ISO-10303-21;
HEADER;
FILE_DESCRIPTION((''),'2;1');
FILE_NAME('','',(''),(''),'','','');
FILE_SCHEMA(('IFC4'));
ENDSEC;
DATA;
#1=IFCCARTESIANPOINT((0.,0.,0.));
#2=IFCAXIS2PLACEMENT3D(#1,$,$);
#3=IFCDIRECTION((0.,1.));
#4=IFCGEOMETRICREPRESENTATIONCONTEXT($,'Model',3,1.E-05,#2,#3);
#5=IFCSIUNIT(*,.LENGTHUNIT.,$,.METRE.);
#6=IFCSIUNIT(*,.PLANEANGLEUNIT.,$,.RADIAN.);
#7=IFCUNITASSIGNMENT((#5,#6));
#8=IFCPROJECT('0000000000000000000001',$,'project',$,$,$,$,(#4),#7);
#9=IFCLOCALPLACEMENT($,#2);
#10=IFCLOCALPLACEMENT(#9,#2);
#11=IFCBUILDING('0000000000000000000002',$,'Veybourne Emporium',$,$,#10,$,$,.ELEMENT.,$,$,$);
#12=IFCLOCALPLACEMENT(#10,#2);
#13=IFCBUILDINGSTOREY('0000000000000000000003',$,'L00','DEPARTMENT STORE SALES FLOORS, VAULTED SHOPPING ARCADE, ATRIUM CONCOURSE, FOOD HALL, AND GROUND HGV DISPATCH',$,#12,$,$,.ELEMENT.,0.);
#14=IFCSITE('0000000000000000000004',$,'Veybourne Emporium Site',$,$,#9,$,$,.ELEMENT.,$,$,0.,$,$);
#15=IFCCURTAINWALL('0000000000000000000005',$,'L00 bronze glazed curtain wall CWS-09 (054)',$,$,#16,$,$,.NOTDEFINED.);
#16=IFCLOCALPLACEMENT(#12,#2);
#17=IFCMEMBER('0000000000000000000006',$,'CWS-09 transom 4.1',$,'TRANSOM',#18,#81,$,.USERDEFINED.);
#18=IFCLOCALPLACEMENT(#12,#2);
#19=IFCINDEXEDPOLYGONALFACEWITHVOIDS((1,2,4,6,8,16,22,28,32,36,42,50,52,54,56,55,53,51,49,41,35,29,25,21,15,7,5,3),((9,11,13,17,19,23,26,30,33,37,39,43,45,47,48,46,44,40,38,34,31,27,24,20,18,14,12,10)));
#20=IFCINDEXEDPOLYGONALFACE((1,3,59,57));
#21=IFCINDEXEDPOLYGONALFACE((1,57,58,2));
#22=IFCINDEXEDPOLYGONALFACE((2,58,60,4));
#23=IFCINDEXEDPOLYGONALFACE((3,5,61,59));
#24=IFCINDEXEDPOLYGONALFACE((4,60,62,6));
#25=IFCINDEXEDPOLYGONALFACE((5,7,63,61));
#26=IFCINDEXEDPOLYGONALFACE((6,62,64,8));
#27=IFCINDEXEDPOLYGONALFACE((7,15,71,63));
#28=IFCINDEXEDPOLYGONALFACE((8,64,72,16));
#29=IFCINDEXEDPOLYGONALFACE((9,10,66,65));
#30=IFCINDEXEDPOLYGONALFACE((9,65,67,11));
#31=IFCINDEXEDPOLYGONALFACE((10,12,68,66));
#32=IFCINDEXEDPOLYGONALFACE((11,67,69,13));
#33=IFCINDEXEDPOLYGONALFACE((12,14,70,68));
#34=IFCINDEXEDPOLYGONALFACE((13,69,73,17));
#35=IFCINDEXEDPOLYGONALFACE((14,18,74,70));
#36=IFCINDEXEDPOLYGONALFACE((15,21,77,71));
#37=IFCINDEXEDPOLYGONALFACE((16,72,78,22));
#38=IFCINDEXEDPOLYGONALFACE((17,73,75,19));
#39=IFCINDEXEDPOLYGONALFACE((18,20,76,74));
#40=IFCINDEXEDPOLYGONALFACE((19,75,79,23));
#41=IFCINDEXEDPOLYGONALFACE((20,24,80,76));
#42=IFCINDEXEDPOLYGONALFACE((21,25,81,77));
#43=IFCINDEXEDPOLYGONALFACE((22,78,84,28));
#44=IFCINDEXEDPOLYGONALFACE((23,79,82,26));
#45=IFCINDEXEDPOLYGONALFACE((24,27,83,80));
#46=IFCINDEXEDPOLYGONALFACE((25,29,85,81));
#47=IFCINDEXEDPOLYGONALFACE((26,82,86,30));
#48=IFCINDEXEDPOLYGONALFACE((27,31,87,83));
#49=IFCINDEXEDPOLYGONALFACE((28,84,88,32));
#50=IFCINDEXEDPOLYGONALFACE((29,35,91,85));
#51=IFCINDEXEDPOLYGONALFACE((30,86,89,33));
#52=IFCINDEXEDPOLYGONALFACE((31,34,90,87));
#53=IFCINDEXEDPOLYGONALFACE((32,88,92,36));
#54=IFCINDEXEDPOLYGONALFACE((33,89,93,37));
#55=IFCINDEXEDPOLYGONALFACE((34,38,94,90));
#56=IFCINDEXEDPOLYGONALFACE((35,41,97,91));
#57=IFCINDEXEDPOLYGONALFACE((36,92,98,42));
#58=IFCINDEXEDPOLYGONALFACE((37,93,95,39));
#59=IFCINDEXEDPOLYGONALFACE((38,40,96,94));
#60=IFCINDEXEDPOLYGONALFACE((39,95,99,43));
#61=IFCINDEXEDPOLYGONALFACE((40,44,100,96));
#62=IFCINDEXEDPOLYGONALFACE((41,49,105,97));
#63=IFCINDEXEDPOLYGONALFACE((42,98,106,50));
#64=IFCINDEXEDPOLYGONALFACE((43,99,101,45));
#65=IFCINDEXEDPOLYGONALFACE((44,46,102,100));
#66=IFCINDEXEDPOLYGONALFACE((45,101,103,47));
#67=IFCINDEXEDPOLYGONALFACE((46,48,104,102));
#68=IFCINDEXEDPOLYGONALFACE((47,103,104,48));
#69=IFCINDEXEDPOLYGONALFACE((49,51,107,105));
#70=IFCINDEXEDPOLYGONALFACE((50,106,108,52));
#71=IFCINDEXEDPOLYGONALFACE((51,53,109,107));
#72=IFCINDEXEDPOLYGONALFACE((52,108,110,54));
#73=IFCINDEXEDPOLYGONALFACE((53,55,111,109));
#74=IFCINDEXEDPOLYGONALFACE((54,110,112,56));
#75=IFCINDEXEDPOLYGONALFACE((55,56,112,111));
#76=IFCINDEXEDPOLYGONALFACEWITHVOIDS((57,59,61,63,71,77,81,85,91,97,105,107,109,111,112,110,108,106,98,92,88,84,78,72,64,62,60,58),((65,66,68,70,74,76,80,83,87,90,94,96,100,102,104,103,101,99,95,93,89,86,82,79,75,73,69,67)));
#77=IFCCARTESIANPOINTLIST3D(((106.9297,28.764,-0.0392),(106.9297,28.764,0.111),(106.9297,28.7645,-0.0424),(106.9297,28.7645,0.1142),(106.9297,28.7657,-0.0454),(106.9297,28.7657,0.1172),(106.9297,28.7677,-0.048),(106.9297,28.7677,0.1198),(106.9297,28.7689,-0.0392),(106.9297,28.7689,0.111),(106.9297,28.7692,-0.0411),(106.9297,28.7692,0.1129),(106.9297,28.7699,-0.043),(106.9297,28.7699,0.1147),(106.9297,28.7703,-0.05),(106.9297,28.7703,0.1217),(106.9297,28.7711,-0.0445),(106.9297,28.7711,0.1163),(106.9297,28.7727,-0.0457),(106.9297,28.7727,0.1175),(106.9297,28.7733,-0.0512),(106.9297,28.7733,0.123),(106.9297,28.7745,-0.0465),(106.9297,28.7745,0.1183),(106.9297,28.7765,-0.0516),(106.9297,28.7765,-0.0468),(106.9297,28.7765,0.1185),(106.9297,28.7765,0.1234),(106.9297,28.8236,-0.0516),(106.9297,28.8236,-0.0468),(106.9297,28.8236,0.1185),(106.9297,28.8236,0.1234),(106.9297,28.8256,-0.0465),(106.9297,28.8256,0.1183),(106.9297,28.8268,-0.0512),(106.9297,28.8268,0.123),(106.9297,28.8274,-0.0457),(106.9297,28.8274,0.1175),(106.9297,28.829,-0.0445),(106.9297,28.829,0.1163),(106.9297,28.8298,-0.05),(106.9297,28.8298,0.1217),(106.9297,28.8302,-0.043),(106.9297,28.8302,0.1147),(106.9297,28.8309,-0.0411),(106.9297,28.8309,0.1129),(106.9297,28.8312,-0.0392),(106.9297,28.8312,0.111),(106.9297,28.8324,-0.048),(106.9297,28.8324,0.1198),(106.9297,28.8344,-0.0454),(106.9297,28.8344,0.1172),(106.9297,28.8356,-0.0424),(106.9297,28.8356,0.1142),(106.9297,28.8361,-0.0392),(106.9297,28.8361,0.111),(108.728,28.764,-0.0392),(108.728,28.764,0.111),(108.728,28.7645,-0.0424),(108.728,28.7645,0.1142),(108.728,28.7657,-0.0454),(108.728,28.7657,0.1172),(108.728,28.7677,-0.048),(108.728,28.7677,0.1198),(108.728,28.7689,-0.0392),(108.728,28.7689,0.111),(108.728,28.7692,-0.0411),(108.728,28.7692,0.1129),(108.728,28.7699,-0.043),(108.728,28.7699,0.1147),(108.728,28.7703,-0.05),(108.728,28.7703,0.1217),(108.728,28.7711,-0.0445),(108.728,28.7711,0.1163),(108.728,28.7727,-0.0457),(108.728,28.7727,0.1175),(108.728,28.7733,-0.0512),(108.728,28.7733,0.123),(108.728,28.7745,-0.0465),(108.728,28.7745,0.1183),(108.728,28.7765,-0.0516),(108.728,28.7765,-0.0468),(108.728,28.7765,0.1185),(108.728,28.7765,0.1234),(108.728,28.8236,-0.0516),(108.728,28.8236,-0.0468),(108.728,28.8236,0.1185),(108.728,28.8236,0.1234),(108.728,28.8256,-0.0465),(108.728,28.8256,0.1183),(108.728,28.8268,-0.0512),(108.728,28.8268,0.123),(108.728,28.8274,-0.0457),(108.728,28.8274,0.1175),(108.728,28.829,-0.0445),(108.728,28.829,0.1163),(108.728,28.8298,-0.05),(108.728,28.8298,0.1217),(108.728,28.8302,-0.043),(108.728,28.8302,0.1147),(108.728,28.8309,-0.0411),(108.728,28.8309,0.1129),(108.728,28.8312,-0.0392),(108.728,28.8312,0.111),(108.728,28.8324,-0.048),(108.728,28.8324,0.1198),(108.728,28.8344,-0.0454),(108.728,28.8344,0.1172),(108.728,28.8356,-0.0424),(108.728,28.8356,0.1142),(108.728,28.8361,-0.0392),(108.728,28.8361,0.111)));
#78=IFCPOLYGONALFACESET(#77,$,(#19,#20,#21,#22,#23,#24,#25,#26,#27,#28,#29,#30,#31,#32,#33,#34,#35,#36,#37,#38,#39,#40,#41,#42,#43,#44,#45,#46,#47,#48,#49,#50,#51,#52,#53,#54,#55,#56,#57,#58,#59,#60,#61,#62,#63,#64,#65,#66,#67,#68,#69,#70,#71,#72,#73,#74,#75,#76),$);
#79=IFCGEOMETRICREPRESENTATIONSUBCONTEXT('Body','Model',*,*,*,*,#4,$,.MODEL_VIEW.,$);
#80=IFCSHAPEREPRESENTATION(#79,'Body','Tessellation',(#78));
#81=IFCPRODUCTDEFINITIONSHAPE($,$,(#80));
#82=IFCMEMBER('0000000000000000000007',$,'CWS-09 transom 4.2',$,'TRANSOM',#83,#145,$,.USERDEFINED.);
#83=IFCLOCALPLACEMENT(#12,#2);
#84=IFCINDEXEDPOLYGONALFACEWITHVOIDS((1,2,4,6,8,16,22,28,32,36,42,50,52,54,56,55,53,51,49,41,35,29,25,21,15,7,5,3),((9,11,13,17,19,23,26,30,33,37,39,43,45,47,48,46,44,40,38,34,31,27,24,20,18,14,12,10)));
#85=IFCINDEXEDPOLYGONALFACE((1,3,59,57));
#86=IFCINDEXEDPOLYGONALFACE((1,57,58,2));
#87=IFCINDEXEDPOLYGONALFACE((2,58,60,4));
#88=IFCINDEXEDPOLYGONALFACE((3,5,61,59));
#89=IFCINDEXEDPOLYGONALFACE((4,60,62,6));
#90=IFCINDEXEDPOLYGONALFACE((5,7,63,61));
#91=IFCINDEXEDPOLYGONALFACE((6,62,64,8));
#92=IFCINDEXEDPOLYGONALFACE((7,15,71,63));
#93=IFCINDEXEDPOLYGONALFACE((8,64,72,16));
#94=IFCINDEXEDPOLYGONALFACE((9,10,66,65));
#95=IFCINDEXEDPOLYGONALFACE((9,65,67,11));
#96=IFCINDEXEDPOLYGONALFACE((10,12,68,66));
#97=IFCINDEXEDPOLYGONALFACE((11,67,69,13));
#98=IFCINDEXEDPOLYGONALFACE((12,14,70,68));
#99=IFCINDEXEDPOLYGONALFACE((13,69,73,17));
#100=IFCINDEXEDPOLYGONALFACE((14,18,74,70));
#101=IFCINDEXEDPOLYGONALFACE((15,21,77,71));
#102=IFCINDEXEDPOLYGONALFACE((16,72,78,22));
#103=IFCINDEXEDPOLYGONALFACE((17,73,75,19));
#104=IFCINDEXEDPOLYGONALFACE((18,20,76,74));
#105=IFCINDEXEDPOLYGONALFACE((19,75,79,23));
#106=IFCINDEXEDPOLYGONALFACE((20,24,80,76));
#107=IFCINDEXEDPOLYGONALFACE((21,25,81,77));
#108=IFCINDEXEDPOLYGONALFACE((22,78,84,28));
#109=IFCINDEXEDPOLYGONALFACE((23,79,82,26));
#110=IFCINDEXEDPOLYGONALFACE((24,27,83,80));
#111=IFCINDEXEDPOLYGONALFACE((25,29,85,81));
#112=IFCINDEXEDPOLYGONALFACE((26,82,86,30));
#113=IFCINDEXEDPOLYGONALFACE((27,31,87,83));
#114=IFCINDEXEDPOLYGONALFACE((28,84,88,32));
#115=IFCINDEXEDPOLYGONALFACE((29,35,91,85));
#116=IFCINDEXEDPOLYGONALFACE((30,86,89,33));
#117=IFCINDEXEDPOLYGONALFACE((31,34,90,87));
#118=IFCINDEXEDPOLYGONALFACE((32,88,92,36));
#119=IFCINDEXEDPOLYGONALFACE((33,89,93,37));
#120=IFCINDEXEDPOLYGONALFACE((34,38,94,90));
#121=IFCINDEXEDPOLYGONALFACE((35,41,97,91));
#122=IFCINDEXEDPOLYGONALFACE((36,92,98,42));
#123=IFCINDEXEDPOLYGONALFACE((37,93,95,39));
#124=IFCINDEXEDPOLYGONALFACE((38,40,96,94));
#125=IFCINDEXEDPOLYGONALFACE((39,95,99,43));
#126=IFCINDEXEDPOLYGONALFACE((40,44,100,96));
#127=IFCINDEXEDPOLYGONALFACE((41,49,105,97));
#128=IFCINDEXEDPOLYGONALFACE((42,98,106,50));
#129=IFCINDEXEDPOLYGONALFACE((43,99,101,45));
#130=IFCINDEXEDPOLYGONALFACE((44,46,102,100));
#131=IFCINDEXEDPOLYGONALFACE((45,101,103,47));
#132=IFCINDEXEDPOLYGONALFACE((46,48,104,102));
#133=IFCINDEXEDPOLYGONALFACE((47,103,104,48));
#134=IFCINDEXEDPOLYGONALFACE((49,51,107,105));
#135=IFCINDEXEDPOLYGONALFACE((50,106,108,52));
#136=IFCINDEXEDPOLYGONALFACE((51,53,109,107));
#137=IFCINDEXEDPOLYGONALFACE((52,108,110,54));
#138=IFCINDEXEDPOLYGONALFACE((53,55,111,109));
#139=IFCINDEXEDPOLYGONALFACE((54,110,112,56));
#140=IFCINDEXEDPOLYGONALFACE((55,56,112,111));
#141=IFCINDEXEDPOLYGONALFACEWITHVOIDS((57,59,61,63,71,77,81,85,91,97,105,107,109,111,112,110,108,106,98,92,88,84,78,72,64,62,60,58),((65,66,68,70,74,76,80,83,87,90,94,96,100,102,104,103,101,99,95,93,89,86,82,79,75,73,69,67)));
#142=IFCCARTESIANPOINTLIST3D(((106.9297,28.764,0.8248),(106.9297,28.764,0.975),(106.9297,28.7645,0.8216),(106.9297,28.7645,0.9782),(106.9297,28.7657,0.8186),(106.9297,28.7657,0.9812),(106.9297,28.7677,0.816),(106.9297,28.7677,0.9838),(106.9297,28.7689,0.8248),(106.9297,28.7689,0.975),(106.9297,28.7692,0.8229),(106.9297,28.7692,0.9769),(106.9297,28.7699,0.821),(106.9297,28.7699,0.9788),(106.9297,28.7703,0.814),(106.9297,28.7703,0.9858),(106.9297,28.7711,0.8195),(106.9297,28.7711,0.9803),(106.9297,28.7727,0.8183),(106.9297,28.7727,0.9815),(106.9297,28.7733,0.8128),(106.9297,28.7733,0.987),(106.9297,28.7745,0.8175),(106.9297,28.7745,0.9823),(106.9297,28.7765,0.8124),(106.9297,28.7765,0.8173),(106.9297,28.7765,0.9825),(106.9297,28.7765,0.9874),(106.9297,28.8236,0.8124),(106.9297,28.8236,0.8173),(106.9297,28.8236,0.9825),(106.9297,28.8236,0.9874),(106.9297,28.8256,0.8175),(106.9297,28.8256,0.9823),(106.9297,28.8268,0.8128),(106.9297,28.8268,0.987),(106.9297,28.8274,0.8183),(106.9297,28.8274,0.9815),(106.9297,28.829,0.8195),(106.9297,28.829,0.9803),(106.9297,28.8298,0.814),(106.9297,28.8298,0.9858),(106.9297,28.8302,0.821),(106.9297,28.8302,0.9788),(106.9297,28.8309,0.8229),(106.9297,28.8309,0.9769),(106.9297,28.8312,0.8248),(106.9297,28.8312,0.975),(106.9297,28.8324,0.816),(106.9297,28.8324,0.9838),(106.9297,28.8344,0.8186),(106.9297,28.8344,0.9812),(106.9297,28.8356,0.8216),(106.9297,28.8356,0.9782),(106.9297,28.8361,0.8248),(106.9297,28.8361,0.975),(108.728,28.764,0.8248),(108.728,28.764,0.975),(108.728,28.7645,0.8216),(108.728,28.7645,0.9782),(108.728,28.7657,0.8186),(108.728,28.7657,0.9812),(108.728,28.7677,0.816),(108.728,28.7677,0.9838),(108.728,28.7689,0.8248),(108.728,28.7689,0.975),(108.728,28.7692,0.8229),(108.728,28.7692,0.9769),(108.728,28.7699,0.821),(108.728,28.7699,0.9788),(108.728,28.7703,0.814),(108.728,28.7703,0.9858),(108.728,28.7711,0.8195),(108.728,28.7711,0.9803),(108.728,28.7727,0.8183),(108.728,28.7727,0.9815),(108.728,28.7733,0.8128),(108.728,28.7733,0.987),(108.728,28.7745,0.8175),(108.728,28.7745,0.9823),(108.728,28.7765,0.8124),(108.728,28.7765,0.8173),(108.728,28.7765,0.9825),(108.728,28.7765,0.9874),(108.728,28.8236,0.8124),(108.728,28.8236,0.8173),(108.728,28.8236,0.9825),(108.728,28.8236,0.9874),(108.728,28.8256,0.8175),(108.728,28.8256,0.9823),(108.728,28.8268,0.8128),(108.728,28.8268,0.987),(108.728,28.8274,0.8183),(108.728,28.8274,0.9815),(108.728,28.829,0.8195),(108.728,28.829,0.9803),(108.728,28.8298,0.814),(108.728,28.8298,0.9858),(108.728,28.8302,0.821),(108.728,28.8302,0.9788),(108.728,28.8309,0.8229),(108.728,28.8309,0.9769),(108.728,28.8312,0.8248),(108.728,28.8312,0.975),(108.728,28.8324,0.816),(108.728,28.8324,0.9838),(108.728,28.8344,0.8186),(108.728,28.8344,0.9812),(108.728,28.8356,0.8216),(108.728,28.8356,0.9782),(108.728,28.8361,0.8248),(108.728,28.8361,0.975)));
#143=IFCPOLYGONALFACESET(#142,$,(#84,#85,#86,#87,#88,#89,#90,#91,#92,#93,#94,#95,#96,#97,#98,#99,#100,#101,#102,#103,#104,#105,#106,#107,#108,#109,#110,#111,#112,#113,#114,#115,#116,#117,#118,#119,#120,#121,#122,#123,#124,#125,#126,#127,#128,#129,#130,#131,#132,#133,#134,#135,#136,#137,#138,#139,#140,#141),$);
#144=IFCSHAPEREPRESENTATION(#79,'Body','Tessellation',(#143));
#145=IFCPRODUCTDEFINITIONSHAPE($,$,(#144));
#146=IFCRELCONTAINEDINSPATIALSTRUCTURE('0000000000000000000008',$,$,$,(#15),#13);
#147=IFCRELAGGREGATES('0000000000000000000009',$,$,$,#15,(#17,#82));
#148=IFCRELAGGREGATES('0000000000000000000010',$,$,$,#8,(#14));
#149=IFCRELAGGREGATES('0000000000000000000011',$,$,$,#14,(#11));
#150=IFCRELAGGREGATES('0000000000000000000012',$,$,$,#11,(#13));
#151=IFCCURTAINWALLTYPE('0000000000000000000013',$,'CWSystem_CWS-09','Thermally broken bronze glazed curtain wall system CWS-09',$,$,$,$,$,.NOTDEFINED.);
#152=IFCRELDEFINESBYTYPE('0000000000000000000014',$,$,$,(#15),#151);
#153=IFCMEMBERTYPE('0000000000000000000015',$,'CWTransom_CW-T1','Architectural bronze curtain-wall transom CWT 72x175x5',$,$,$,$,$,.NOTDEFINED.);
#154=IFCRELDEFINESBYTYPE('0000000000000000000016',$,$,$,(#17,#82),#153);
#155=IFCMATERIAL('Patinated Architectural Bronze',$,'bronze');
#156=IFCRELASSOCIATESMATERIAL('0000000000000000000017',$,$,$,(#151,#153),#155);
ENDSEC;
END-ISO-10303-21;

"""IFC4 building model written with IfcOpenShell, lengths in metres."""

from ifc_helpers import new_model, si_unit, direction, frame, origin, origin_2d, place, context, subcontext, project, spatial, hollow_rectangle, extrude, material, material_profile, profile_set, type_object, element, aggregate, save


model = new_model("IFC4")

# Units and contexts
model_context = context("Model", 3, precision=1e-05, world=origin(), true_north=direction((0.0, 1.0)))
body_context = subcontext(model_context, "Body", "Model", "MODEL_VIEW")
ifc_project = project(units=[si_unit("LENGTHUNIT", "METRE"), si_unit("PLANEANGLEUNIT", "RADIAN")], contexts=[model_context])

# Site, building, storey
site_placement = place(None, origin())
site = spatial("IfcSite", under=ifc_project, at=site_placement, Name="Veybourne Emporium Site", CompositionType="ELEMENT", RefElevation=0.0)
building_placement = place(site_placement, origin())
building = spatial("IfcBuilding", under=site, at=building_placement, Name="Veybourne Emporium", CompositionType="ELEMENT")
storey_placement = place(building_placement, origin())
storey = spatial("IfcBuildingStorey", under=building, at=storey_placement, Name="L00", Description="DEPARTMENT STORE SALES FLOORS, VAULTED SHOPPING ARCADE, ATRIUM CONCOURSE, FOOD HALL, AND GROUND HGV DISPATCH", CompositionType="ELEMENT", Elevation=0.0)

# Curtain wall
ifc_material_1 = material(Name="Patinated Architectural Bronze", Category="bronze")
curtain_wall_type_1 = type_object("IfcCurtainWallType", Name="CWSystem_CWS-09", Description="Thermally broken bronze glazed curtain wall system CWS-09", PredefinedType="NOTDEFINED", material=ifc_material_1)
curtain_wall_1_placement = place(storey_placement, origin())
curtain_wall_1 = element("IfcCurtainWall", 1, at=curtain_wall_1_placement, inside=storey, type_object=curtain_wall_type_1, Name="L00 bronze glazed curtain wall CWS-09 (054)", PredefinedType="NOTDEFINED")

# Members
ifc_material_profile_1 = material_profile(ifc_material_1, hollow_rectangle(XDim=0.072, YDim=0.175, WallThickness=0.0049, InnerFilletRadius=0.0076, OuterFilletRadius=0.0125, at=origin_2d()), Name="CWT 72x175x5")
ifc_profile_set_1 = profile_set([ifc_material_profile_1], Name="Patinated Architectural Bronze")
member_type_1 = type_object("IfcMemberType", Name="CWTransom_CW-T1", Description="Architectural bronze curtain-wall transom CWT 72x175x5", PredefinedType="NOTDEFINED", material=ifc_profile_set_1)
member_1_placement = place(storey_placement, frame((106.9297, 28.8, 0.0359), z_axis=(1.0, 0.0, 0.0), x_axis=(0.0, 1.0, 0.0)))
member_1 = element("IfcMember", 2, at=member_1_placement, type_object=member_type_1, Name="CWS-09 transom 4.1", ObjectType="TRANSOM", PredefinedType="USERDEFINED", context=body_context, shape_type="SweptSolid", body=[
    extrude(hollow_rectangle(XDim=0.072, YDim=0.175, WallThickness=0.0049, InnerFilletRadius=0.0076, OuterFilletRadius=0.0125, at=origin_2d()), origin(), (0.0, 0.0, 1.0), 1.7983),
])
member_2_placement = place(storey_placement, frame((106.9297, 28.8, 0.8999), z_axis=(1.0, 0.0, 0.0), x_axis=(0.0, 1.0, 0.0)))
member_2 = element("IfcMember", 3, at=member_2_placement, type_object=member_type_1, Name="CWS-09 transom 4.2", ObjectType="TRANSOM", PredefinedType="USERDEFINED", context=body_context, shape_type="SweptSolid", body=[
    extrude(hollow_rectangle(XDim=0.072, YDim=0.175, WallThickness=0.0049, InnerFilletRadius=0.0076, OuterFilletRadius=0.0125, at=origin_2d()), origin(), (0.0, 0.0, 1.0), 1.7983),
])

aggregate(curtain_wall_1, [member_1, member_2])

save(model, "model.ifc")
